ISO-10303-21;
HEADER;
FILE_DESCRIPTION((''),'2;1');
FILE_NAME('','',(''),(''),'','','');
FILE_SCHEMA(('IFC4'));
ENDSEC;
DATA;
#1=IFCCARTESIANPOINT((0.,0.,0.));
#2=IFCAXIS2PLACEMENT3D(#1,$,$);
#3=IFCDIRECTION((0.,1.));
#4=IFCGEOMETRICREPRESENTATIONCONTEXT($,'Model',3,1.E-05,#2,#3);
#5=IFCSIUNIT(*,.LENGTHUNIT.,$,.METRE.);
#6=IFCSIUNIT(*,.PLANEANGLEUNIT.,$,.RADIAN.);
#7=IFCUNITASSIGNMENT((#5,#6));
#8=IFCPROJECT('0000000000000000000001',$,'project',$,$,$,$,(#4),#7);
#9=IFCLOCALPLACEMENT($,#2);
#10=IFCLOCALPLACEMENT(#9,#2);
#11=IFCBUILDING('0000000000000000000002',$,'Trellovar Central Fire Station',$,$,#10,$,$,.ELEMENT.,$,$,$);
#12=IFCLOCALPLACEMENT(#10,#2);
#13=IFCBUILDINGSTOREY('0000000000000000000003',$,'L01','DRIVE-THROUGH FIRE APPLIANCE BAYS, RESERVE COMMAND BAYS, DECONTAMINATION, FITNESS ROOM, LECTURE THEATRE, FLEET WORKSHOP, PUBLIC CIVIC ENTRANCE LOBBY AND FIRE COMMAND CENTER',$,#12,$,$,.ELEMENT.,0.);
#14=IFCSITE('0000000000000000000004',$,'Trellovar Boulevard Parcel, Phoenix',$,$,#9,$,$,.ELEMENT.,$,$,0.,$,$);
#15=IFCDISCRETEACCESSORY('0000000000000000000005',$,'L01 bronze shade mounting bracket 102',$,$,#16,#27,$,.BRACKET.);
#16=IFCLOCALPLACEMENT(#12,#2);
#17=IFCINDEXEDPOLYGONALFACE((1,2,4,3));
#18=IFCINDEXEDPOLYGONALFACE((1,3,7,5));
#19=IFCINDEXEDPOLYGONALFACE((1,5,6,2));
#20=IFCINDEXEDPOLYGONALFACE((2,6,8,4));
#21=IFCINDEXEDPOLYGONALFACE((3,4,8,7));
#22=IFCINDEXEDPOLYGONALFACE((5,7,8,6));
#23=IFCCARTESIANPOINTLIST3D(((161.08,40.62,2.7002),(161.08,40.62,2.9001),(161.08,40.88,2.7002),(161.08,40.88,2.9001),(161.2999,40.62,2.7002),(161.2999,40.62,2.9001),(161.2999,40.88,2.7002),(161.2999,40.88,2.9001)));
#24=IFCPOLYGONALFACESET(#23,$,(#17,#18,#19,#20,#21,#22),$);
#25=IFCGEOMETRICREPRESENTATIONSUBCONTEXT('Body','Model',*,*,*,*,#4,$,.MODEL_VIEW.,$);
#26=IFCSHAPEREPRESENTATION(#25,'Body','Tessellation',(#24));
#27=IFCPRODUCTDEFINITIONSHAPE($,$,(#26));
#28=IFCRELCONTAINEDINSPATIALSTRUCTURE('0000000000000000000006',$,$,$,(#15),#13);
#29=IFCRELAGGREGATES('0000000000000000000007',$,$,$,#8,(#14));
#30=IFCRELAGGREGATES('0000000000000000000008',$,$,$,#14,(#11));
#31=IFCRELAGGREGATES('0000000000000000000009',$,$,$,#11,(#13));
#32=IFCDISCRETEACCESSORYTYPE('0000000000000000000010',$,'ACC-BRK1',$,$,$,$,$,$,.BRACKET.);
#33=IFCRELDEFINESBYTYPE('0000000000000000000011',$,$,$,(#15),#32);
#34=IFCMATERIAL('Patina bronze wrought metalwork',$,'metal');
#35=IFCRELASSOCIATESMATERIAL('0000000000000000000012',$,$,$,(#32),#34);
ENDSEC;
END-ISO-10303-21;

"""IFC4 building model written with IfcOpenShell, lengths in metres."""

from ifc_helpers import new_model, si_unit, direction, frame, origin, origin_2d, place, context, subcontext, project, spatial, rectangle, extrude, material, type_object, element, save


model = new_model("IFC4")

# Units and contexts
model_context = context("Model", 3, precision=1e-05, world=origin(), true_north=direction((0.0, 1.0)))
body_context = subcontext(model_context, "Body", "Model", "MODEL_VIEW")
ifc_project = project(units=[si_unit("LENGTHUNIT", "METRE"), si_unit("PLANEANGLEUNIT", "RADIAN")], contexts=[model_context])

# Site, building, storey
site_placement = place(None, origin())
site = spatial("IfcSite", under=ifc_project, at=site_placement, Name="Trellovar Boulevard Parcel, Phoenix", CompositionType="ELEMENT", RefElevation=0.0)
building_placement = place(site_placement, origin())
building = spatial("IfcBuilding", under=site, at=building_placement, Name="Trellovar Central Fire Station", CompositionType="ELEMENT")
storey_placement = place(building_placement, origin())
storey = spatial("IfcBuildingStorey", under=building, at=storey_placement, Name="L01", Description="DRIVE-THROUGH FIRE APPLIANCE BAYS, RESERVE COMMAND BAYS, DECONTAMINATION, FITNESS ROOM, LECTURE THEATRE, FLEET WORKSHOP, PUBLIC CIVIC ENTRANCE LOBBY AND FIRE COMMAND CENTER", CompositionType="ELEMENT", Elevation=0.0)

# Discrete accessory
ifc_material_1 = material(Name="Patina bronze wrought metalwork", Category="metal")
discrete_accessory_type = type_object("IfcDiscreteAccessoryType", Name="ACC-BRK1", PredefinedType="BRACKET", material=ifc_material_1)
discrete_accessory_placement = place(storey_placement, frame((161.1899, 40.75, 2.7002), z_axis=(0.0, 0.0, 1.0), x_axis=(0.0, 1.0, 0.0)))
element("IfcDiscreteAccessory", 1, at=discrete_accessory_placement, inside=storey, type_object=discrete_accessory_type, Name="L01 bronze shade mounting bracket 102", PredefinedType="BRACKET", context=body_context, shape_type="SweptSolid", body=[
    extrude(rectangle(XDim=0.26, YDim=0.22, at=origin_2d()), origin(), (0.0, 0.0, 1.0), 0.2),
])

save(model, "model.ifc")
